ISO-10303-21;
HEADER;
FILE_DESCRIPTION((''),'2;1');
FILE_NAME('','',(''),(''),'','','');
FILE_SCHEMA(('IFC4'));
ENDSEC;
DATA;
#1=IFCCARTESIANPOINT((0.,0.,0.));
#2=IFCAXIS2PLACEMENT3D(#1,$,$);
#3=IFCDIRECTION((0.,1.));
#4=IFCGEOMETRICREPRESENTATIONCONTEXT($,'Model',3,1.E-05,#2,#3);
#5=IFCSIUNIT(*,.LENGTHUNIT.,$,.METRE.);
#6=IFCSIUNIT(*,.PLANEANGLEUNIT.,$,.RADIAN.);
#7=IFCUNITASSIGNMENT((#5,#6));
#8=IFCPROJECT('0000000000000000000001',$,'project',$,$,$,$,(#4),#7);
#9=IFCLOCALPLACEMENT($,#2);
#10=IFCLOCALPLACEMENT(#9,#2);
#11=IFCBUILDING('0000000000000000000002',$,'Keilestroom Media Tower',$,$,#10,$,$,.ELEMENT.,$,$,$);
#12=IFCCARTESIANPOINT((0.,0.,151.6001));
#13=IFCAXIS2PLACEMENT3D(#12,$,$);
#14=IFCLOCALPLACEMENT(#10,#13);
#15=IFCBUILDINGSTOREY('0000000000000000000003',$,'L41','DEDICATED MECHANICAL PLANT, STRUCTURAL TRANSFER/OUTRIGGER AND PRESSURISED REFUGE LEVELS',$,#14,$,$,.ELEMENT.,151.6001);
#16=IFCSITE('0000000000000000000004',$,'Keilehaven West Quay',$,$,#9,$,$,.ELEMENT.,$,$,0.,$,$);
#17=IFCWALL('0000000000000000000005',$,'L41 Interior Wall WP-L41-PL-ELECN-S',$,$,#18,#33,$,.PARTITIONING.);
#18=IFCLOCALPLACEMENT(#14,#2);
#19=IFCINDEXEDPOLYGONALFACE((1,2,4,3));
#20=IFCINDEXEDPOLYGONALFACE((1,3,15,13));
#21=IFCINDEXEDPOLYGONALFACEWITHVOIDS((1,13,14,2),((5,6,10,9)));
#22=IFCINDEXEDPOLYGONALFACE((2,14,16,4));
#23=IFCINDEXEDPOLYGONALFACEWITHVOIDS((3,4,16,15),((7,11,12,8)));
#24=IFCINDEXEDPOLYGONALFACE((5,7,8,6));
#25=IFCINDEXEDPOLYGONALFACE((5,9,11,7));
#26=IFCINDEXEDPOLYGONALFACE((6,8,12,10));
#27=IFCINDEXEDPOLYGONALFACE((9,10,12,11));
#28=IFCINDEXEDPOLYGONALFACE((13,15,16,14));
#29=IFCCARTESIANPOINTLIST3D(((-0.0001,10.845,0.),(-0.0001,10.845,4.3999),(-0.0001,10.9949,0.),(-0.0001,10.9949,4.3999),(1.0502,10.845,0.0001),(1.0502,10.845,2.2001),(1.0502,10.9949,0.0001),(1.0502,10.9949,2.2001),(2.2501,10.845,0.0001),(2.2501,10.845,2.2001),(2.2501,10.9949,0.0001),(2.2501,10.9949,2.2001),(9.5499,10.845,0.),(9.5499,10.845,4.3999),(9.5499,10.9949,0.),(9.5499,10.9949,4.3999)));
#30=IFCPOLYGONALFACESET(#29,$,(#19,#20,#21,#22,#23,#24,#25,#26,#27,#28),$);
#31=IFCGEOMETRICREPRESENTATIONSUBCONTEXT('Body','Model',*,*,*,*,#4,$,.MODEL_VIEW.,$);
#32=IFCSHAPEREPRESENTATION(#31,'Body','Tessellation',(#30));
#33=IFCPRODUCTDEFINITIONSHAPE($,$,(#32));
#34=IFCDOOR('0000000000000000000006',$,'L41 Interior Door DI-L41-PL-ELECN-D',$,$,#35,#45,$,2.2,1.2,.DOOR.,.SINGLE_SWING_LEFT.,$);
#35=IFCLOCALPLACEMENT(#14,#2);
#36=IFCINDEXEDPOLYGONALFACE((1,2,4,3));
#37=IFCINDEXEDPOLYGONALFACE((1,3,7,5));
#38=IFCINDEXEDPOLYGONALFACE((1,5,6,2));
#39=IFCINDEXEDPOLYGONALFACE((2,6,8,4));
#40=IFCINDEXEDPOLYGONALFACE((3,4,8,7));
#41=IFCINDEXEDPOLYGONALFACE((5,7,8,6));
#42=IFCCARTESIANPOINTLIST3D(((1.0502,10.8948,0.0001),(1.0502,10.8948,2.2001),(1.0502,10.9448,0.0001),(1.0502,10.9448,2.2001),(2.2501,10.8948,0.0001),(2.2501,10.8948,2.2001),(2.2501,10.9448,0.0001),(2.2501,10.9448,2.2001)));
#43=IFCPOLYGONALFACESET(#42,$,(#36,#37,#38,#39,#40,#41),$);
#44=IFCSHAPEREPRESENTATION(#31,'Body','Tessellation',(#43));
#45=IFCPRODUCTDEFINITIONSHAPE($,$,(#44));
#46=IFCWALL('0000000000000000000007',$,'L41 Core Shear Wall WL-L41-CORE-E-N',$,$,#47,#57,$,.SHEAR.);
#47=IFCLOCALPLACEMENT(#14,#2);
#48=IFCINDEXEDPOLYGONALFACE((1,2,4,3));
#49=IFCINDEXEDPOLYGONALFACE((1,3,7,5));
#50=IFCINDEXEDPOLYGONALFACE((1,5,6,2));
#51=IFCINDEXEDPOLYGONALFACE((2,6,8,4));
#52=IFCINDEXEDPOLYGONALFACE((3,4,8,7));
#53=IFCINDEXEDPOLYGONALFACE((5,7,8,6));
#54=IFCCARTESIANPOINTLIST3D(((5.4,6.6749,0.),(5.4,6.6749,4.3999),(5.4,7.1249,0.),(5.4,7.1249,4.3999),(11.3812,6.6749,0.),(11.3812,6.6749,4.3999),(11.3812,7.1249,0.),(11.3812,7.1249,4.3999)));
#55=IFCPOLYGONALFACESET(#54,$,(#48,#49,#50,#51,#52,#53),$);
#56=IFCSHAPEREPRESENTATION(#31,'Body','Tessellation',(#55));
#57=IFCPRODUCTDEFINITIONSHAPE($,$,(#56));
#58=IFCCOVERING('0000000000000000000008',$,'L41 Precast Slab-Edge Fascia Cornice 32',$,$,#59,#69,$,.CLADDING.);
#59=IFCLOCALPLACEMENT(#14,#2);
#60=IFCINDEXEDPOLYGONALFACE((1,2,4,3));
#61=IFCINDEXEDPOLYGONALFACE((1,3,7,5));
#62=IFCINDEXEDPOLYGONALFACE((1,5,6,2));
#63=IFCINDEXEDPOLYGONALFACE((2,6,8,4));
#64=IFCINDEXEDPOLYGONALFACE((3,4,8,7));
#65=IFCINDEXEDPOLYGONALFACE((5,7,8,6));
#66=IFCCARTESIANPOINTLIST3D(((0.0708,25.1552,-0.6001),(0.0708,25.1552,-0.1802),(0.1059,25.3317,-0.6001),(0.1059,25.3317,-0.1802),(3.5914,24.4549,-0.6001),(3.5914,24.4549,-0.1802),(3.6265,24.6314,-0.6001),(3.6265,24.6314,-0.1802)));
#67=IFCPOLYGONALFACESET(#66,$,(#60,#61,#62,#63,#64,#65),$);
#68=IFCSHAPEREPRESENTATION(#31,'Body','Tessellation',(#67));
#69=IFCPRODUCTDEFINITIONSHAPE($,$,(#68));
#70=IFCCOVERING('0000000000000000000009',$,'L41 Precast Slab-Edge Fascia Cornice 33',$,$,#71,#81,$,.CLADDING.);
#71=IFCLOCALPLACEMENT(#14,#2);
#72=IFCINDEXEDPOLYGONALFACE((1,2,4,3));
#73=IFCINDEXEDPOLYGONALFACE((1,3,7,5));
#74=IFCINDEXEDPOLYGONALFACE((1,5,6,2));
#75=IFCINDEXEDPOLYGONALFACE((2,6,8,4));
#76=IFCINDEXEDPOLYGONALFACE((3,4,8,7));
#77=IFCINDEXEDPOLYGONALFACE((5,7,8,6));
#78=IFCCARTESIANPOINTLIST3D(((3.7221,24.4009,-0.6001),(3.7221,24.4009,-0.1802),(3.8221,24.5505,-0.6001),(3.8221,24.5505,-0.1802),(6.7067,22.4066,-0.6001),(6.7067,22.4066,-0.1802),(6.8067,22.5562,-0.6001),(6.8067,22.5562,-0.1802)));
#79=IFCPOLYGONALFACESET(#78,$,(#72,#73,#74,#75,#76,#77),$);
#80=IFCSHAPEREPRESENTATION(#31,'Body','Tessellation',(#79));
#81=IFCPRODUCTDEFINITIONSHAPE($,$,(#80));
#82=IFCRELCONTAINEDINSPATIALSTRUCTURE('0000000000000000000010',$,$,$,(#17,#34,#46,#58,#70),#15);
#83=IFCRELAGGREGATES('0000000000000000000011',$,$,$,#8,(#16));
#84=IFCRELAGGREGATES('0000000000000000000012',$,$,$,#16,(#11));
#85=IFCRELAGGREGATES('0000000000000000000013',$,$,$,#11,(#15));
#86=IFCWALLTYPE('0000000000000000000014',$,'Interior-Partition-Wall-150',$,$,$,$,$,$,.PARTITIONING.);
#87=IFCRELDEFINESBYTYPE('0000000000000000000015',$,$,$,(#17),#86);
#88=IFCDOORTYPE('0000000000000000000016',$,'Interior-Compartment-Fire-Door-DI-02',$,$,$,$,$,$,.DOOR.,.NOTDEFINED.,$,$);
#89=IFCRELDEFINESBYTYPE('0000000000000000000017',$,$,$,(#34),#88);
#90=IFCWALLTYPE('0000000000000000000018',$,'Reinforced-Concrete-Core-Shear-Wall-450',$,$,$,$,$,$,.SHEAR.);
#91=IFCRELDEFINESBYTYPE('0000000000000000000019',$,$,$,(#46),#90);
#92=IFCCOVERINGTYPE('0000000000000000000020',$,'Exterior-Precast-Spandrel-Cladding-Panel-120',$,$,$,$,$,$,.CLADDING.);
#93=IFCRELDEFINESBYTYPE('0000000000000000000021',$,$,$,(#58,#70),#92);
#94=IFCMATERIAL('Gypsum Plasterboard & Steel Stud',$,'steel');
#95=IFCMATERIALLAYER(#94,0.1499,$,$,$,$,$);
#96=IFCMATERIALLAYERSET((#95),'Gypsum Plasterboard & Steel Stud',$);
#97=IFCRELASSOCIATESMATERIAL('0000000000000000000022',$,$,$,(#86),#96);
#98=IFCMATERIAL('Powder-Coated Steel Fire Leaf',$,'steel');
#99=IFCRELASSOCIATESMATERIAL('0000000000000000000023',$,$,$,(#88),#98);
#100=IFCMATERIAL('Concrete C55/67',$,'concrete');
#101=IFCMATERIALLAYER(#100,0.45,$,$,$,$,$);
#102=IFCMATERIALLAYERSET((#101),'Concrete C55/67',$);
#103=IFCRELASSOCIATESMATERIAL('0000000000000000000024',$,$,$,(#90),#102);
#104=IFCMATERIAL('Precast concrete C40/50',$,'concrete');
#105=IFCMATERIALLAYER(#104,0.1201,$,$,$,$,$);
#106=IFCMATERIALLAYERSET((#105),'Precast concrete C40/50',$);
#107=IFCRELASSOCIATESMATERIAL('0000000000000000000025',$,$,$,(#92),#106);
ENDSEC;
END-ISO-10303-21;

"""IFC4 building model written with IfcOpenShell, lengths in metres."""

from ifc_helpers import new_model, si_unit, direction, frame, frame_2d, origin, origin_2d, place, context, subcontext, project, spatial, rectangle, extrude, source, transform, mapped, material, layer, layer_set, type_object, element, fill, save


model = new_model("IFC4")

# Units and contexts
model_context = context("Model", 3, precision=1e-05, world=origin(), true_north=direction((0.0, 1.0)))
body_context = subcontext(model_context, "Body", "Model", "MODEL_VIEW")
ifc_project = project(units=[si_unit("LENGTHUNIT", "METRE"), si_unit("PLANEANGLEUNIT", "RADIAN")], contexts=[model_context])

# Site, building, storey
site_placement = place(None, origin())
site = spatial("IfcSite", under=ifc_project, at=site_placement, Name="Keilehaven West Quay", CompositionType="ELEMENT", RefElevation=0.0)
building_placement = place(site_placement, origin())
building = spatial("IfcBuilding", under=site, at=building_placement, Name="Keilestroom Media Tower", CompositionType="ELEMENT")
storey_placement = place(building_placement, frame((0.0, 0.0, 151.6001)))
storey = spatial("IfcBuildingStorey", under=building, at=storey_placement, Name="L41", Description="DEDICATED MECHANICAL PLANT, STRUCTURAL TRANSFER/OUTRIGGER AND PRESSURISED REFUGE LEVELS", CompositionType="ELEMENT", Elevation=151.6001)

# Shared definitions
ifc_material_1 = material(Name="Concrete C55/67", Category="concrete")

# Shared definitions
ifc_material_2 = material(Name="Gypsum Plasterboard & Steel Stud", Category="steel")
ifc_layer_1 = layer(ifc_material_2, 0.1499)
ifc_layer_set_1 = layer_set([ifc_layer_1], Name="Gypsum Plasterboard & Steel Stud")
wall_type_1 = type_object("IfcWallType", Name="Interior-Partition-Wall-150", PredefinedType="PARTITIONING", material=ifc_layer_set_1)

# Wall, opening, door
wall_1_placement = place(storey_placement, frame((0.0, 10.9199, 0.0), z_axis=(0.0, 0.0, 1.0), x_axis=(1.0, 0.0, 0.0)))
wall_1 = element("IfcWall", 1, at=wall_1_placement, inside=storey, type_object=wall_type_1, Name="L41 Interior Wall WP-L41-PL-ELECN-S", PredefinedType="PARTITIONING", context=body_context, shape_type="SweptSolid", body=[
    extrude(rectangle(XDim=9.55, YDim=0.1499, at=frame_2d((4.7749, 0.0))), origin(), (0.0, 0.0, 1.0), 4.3999),
])
opening_placement = place(wall_1_placement, frame((1.05, 0.0, 0.0)))
opening = element("IfcOpeningElement", 2, at=opening_placement, cuts=wall_1, PredefinedType="OPENING", context=body_context, shape_type="SweptSolid", body=[
    extrude(rectangle(XDim=1.2, YDim=2.2, at=frame_2d((0.6001, 1.1001))), frame((0.0, 0.085, 0.0), z_axis=(0.0, -1.0, 0.0), x_axis=(1.0, 0.0, 0.0)), (0.0, 0.0, 1.0), 0.1699),
])
ifc_material_3 = material(Name="Powder-Coated Steel Fire Leaf", Category="steel")
door_type = type_object("IfcDoorType", Name="Interior-Compartment-Fire-Door-DI-02", OperationType="NOTDEFINED", PredefinedType="DOOR", material=ifc_material_3)
shared_shape_1 = source(origin(), body_context, "Body", "SweptSolid", [
    extrude(rectangle(XDim=1.2, YDim=2.2, at=frame_2d((0.6001, 1.1001))), frame((0.0, 0.0249, 0.0), z_axis=(0.0, -1.0, 0.0), x_axis=(1.0, 0.0, 0.0)), (0.0, 0.0, 1.0), 0.05),
])
door_placement = place(opening_placement, origin())
door = element("IfcDoor", 3, at=door_placement, inside=storey, type_object=door_type, Name="L41 Interior Door DI-L41-PL-ELECN-D", OperationType="SINGLE_SWING_LEFT", OverallHeight=2.2, OverallWidth=1.2, PredefinedType="DOOR", context=body_context, shape_type="MappedRepresentation", body=[
    mapped(shared_shape_1, transform((0.0, 0.0, 0.0), x_axis=(1.0, 0.0, 0.0), y_axis=(0.0, 1.0, 0.0), z_axis=(0.0, 0.0, 1.0), scale=1.0)),
])
fill(opening, door)

# Wall
ifc_layer_2 = layer(ifc_material_1, 0.45)
ifc_layer_set_2 = layer_set([ifc_layer_2], Name="Concrete C55/67")
wall_type_2 = type_object("IfcWallType", Name="Reinforced-Concrete-Core-Shear-Wall-450", PredefinedType="SHEAR", material=ifc_layer_set_2)
wall_2_placement = place(storey_placement, frame((5.3999, 6.8999, 0.0), z_axis=(0.0, 0.0, 1.0), x_axis=(1.0, 0.0, 0.0)))
element("IfcWall", 4, at=wall_2_placement, inside=storey, type_object=wall_type_2, Name="L41 Core Shear Wall WL-L41-CORE-E-N", PredefinedType="SHEAR", context=body_context, shape_type="SweptSolid", body=[
    extrude(rectangle(XDim=5.9812, YDim=0.45, at=frame_2d((2.9907, 0.0))), origin(), (0.0, 0.0, 1.0), 4.3999),
])

# Coverings
ifc_material_4 = material(Name="Precast concrete C40/50", Category="concrete")
ifc_layer_3 = layer(ifc_material_4, 0.1201)
ifc_layer_set_3 = layer_set([ifc_layer_3], Name="Precast concrete C40/50")
covering_type = type_object("IfcCoveringType", Name="Exterior-Precast-Spandrel-Cladding-Panel-120", PredefinedType="CLADDING", material=ifc_layer_set_3)
shared_shape_2 = source(origin(), body_context, "Body", "SweptSolid", [
    extrude(rectangle(XDim=3.5896, YDim=0.1799, at=origin_2d()), origin(), (0.0, 0.0, 1.0), 0.4199),
])
for number, where, z_axis, x_axis, name in (
    (5, (1.8486, 24.8933, -0.6001), (0.0, 0.0, 1.0), (0.980784, -0.195099, 0.0), "L41 Precast Slab-Edge Fascia Cornice 32"),
    (6, (5.2644, 23.4785, -0.6001), (0.0, 0.0, 1.0), (0.831467, -0.555575, 0.0), "L41 Precast Slab-Edge Fascia Cornice 33"),
):
    element("IfcCovering", number, at=place(storey_placement, frame(where, z_axis=z_axis, x_axis=x_axis)), inside=storey, type_object=covering_type, Name=name, PredefinedType="CLADDING", context=body_context, shape_type="MappedRepresentation", body=[
        mapped(shared_shape_2, transform((0.0, 0.0, 0.0), x_axis=(1.0, 0.0, 0.0), y_axis=(0.0, 1.0, 0.0), z_axis=(0.0, 0.0, 1.0), scale=1.0)),
    ])

save(model, "model.ifc")
